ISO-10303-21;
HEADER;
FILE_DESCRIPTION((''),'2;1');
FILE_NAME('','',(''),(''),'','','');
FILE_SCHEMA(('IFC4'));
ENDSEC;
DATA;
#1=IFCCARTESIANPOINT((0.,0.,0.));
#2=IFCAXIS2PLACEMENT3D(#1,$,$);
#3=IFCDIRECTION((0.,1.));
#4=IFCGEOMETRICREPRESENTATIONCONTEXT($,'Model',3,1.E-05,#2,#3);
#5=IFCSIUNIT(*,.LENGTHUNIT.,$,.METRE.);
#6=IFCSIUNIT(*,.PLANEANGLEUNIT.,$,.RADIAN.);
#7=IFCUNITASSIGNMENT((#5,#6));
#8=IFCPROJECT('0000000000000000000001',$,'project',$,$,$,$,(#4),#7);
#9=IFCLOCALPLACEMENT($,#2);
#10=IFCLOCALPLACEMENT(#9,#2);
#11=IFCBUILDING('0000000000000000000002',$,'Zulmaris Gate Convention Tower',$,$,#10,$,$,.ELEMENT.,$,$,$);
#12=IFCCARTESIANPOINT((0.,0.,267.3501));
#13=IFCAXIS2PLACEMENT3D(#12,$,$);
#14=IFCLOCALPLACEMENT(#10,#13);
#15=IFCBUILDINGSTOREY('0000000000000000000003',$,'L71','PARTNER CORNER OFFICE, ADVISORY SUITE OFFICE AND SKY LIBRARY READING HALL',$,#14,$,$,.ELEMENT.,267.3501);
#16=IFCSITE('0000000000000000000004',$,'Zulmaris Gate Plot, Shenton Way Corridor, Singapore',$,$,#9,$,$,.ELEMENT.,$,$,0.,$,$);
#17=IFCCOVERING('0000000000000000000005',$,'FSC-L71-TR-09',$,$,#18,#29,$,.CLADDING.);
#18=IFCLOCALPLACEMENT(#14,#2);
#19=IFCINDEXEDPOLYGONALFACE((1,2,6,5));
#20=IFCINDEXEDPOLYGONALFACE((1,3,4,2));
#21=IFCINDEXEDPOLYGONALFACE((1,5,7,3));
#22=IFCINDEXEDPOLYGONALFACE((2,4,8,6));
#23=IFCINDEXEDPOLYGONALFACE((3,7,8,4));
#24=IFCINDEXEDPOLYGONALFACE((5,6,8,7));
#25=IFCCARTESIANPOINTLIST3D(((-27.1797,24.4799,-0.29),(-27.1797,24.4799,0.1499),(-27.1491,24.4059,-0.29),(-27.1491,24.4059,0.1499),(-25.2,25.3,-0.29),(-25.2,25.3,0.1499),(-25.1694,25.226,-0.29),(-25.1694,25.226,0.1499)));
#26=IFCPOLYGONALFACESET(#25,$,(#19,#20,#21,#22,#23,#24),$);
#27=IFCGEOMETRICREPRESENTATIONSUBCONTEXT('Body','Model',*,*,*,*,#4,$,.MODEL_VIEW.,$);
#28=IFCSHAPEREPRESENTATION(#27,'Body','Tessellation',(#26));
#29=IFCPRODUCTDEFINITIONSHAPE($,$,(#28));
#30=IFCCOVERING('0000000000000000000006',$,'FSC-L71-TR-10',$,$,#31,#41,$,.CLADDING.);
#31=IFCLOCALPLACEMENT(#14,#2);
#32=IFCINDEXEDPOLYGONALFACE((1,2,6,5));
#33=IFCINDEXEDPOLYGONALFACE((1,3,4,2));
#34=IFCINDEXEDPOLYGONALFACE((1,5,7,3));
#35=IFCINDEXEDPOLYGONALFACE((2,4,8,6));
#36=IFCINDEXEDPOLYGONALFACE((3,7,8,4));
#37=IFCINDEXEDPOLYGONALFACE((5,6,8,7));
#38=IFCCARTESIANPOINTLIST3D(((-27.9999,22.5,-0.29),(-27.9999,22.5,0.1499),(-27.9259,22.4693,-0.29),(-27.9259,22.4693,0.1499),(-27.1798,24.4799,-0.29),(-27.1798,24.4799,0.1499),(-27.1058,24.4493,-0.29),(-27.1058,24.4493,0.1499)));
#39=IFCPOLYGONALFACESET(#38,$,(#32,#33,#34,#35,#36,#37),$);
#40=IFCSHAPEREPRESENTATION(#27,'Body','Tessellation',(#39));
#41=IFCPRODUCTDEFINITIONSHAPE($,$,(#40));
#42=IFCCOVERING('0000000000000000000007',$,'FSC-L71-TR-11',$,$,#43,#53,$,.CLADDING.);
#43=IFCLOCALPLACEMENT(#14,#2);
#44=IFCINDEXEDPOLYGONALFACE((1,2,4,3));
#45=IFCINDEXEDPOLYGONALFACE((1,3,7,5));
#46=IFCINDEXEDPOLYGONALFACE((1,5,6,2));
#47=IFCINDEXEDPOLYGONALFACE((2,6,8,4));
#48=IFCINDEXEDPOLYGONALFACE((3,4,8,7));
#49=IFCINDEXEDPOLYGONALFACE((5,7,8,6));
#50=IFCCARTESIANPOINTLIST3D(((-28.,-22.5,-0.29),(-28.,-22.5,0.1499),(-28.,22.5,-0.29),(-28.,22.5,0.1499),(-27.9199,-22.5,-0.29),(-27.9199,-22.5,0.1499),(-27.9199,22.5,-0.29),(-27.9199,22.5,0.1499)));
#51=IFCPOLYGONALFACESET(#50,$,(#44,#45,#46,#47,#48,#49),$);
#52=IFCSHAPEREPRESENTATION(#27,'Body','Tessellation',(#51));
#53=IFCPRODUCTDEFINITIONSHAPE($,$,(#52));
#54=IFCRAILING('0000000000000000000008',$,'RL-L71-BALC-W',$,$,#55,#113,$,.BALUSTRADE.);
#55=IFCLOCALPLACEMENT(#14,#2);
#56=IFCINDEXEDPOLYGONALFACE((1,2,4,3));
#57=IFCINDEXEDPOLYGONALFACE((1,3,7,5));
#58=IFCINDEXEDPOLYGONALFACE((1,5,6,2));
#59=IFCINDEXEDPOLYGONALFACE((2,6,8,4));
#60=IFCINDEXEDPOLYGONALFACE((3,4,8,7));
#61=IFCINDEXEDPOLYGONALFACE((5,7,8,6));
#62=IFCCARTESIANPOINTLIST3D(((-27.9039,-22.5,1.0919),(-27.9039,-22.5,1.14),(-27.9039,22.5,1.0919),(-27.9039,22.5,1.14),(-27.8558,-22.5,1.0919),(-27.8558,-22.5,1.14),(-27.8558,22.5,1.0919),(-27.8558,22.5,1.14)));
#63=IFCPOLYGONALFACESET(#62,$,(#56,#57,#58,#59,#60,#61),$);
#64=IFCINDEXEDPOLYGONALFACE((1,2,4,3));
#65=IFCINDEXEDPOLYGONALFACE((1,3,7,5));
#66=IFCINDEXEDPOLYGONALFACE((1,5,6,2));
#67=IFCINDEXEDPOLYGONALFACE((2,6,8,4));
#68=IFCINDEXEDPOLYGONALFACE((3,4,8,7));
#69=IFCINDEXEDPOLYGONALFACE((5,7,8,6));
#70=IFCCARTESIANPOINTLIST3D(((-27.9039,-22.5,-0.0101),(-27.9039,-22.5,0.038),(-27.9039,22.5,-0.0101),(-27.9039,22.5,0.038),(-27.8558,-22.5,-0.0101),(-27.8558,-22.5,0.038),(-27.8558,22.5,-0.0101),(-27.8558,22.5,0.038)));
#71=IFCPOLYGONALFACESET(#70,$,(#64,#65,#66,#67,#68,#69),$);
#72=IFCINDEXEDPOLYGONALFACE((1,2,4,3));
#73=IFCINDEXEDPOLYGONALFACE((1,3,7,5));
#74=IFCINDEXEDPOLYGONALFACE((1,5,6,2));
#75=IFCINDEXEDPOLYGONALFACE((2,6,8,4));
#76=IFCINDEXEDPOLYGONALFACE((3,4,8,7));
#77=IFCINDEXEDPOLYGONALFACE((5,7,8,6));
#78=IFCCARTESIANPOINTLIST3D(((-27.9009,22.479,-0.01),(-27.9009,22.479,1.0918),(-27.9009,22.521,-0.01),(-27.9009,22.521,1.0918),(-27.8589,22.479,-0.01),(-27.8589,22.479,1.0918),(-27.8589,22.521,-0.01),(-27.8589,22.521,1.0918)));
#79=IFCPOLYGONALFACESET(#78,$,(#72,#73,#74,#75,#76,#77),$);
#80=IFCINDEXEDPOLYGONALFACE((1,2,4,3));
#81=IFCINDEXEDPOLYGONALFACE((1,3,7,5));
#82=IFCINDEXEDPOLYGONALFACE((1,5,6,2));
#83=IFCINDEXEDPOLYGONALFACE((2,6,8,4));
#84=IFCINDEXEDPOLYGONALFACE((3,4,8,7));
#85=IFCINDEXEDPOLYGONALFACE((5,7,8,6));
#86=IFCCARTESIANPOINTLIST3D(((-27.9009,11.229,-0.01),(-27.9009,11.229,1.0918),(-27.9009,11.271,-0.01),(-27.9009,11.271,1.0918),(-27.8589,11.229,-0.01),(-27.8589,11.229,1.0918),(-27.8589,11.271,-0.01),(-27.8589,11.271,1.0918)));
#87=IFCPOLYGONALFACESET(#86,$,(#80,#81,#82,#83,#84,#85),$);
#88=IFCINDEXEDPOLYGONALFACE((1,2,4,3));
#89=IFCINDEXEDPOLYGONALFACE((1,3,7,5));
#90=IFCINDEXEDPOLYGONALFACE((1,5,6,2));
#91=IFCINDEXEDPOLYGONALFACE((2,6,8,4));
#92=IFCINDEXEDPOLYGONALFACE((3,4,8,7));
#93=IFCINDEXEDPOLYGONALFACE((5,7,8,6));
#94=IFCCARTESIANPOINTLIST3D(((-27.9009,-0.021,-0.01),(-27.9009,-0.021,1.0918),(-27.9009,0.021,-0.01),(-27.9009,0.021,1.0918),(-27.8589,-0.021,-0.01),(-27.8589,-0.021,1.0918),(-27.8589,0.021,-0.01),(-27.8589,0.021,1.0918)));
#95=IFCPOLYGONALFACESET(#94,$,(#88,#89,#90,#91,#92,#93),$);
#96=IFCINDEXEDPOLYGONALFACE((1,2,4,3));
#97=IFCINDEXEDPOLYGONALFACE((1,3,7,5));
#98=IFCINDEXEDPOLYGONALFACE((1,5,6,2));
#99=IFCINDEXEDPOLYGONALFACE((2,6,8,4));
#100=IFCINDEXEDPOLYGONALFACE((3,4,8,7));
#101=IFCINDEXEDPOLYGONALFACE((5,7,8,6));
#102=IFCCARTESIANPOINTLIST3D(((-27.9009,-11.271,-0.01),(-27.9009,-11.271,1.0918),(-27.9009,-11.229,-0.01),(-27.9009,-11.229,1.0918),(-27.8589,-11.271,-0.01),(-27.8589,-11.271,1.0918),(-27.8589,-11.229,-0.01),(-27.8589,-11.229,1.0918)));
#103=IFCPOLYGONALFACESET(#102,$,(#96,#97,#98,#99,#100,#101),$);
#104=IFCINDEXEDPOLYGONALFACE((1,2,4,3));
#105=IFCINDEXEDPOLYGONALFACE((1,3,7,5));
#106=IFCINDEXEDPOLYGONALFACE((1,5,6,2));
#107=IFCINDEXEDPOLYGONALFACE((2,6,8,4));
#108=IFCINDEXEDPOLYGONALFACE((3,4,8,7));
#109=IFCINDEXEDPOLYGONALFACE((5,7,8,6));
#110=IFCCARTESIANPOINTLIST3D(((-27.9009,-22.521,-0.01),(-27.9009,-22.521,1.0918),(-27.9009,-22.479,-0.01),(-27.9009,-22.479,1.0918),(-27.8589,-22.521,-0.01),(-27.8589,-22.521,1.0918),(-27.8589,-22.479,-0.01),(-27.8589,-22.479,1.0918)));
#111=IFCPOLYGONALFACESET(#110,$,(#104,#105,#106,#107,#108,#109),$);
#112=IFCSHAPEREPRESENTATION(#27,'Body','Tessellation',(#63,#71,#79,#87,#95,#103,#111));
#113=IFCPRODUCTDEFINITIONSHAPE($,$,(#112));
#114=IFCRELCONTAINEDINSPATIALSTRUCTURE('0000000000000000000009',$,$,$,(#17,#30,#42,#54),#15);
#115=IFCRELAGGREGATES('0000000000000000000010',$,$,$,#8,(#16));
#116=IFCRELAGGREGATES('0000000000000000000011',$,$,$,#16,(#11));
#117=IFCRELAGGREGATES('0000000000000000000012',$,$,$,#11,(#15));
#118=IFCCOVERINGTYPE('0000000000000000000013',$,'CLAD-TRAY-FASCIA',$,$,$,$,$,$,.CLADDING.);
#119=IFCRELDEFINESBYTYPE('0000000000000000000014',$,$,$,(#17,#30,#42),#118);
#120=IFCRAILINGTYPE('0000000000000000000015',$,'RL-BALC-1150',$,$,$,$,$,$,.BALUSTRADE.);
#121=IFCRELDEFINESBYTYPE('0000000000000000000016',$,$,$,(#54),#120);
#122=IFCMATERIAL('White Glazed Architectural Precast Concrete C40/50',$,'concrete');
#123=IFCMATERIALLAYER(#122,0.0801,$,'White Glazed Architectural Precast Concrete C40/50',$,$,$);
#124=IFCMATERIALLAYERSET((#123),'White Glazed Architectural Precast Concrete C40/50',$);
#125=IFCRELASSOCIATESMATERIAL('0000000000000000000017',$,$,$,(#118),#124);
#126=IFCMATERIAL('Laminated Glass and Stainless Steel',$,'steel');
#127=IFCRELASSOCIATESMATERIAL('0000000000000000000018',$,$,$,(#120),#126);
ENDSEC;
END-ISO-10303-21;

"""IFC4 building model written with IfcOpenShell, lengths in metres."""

from ifc_helpers import new_model, si_unit, direction, frame, frame_2d, origin, origin_2d, place, context, subcontext, project, spatial, rectangle, extrude, material, layer, layer_set, type_object, element, save


model = new_model("IFC4")

# Units and contexts
model_context = context("Model", 3, precision=1e-05, world=origin(), true_north=direction((0.0, 1.0)))
body_context = subcontext(model_context, "Body", "Model", "MODEL_VIEW")
ifc_project = project(units=[si_unit("LENGTHUNIT", "METRE"), si_unit("PLANEANGLEUNIT", "RADIAN")], contexts=[model_context])

# Site, building, storey
site_placement = place(None, origin())
site = spatial("IfcSite", under=ifc_project, at=site_placement, Name="Zulmaris Gate Plot, Shenton Way Corridor, Singapore", CompositionType="ELEMENT", RefElevation=0.0)
building_placement = place(site_placement, origin())
building = spatial("IfcBuilding", under=site, at=building_placement, Name="Zulmaris Gate Convention Tower", CompositionType="ELEMENT")
storey_placement = place(building_placement, frame((0.0, 0.0, 267.3501)))
storey = spatial("IfcBuildingStorey", under=building, at=storey_placement, Name="L71", Description="PARTNER CORNER OFFICE, ADVISORY SUITE OFFICE AND SKY LIBRARY READING HALL", CompositionType="ELEMENT", Elevation=267.3501)

# Coverings
ifc_material_1 = material(Name="White Glazed Architectural Precast Concrete C40/50", Category="concrete")
ifc_layer_1 = layer(ifc_material_1, 0.0801, Name="White Glazed Architectural Precast Concrete C40/50")
ifc_layer_set_1 = layer_set([ifc_layer_1], Name="White Glazed Architectural Precast Concrete C40/50")
covering_type_1 = type_object("IfcCoveringType", Name="CLAD-TRAY-FASCIA", PredefinedType="CLADDING", material=ifc_layer_set_1)
covering_1_placement = place(storey_placement, frame((-25.1848, 25.2629, -0.29), z_axis=(0.0, 0.0, 1.0), x_axis=(-0.923874, -0.382697, 0.0)))
element("IfcCovering", 1, at=covering_1_placement, inside=storey, type_object=covering_type_1, Name="FSC-L71-TR-09", PredefinedType="CLADDING", context=body_context, shape_type="SweptSolid", body=[
    extrude(rectangle(XDim=2.1428, YDim=0.0801, at=frame_2d((1.0713, 0.0))), origin(), (0.0, 0.0, 1.0), 0.4399),
])
covering_2_placement = place(storey_placement, frame((-27.1428, 24.4646, -0.29), z_axis=(0.0, 0.0, 1.0), x_axis=(-0.382657, -0.92389, 0.0)))
element("IfcCovering", 2, at=covering_2_placement, inside=storey, type_object=covering_type_1, Name="FSC-L71-TR-10", PredefinedType="CLADDING", context=body_context, shape_type="SweptSolid", body=[
    extrude(rectangle(XDim=2.1431, YDim=0.0801, at=frame_2d((1.0715, 0.0))), origin(), (0.0, 0.0, 1.0), 0.4399),
])
covering_3_placement = place(storey_placement, frame((-27.96, 22.5, -0.29), z_axis=(0.0, 0.0, 1.0), x_axis=(0.0, -1.0, 0.0)))
element("IfcCovering", 3, at=covering_3_placement, inside=storey, type_object=covering_type_1, Name="FSC-L71-TR-11", PredefinedType="CLADDING", context=body_context, shape_type="SweptSolid", body=[
    extrude(rectangle(XDim=45.0, YDim=0.0801, at=frame_2d((22.5, 0.0))), origin(), (0.0, 0.0, 1.0), 0.4399),
])

# Railing
ifc_material_2 = material(Name="Laminated Glass and Stainless Steel", Category="steel")
railing_type = type_object("IfcRailingType", Name="RL-BALC-1150", PredefinedType="BALUSTRADE", material=ifc_material_2)
railing_placement = place(storey_placement, frame((-27.8799, 22.5, -0.01)))
element("IfcRailing", 4, at=railing_placement, inside=storey, type_object=railing_type, Name="RL-L71-BALC-W", PredefinedType="BALUSTRADE", context=body_context, shape_type="SweptSolid", body=[
    extrude(rectangle(XDim=0.0481, YDim=0.0481, at=origin_2d()), frame((0.0, 0.0, 1.126), z_axis=(0.0, -1.0, 0.0), x_axis=(1.0, 0.0, 0.0)), (0.0, 0.0, 1.0), 45.0),
    extrude(rectangle(XDim=0.0481, YDim=0.0481, at=origin_2d()), frame((0.0, 0.0, 0.0239), z_axis=(0.0, -1.0, 0.0), x_axis=(1.0, 0.0, 0.0)), (0.0, 0.0, 1.0), 45.0),
    extrude(rectangle(XDim=0.042, YDim=0.042, at=origin_2d()), origin(), (0.0, 0.0, 1.0), 1.1018),
    extrude(rectangle(XDim=0.042, YDim=0.042, at=origin_2d()), frame((0.0, -11.25, 0.0)), (0.0, 0.0, 1.0), 1.1018),
    extrude(rectangle(XDim=0.042, YDim=0.042, at=origin_2d()), frame((0.0, -22.5, 0.0)), (0.0, 0.0, 1.0), 1.1018),
    extrude(rectangle(XDim=0.042, YDim=0.042, at=origin_2d()), frame((0.0, -33.75, 0.0)), (0.0, 0.0, 1.0), 1.1018),
    extrude(rectangle(XDim=0.042, YDim=0.042, at=origin_2d()), frame((0.0, -45.0, 0.0)), (0.0, 0.0, 1.0), 1.1018),
])

save(model, "model.ifc")
